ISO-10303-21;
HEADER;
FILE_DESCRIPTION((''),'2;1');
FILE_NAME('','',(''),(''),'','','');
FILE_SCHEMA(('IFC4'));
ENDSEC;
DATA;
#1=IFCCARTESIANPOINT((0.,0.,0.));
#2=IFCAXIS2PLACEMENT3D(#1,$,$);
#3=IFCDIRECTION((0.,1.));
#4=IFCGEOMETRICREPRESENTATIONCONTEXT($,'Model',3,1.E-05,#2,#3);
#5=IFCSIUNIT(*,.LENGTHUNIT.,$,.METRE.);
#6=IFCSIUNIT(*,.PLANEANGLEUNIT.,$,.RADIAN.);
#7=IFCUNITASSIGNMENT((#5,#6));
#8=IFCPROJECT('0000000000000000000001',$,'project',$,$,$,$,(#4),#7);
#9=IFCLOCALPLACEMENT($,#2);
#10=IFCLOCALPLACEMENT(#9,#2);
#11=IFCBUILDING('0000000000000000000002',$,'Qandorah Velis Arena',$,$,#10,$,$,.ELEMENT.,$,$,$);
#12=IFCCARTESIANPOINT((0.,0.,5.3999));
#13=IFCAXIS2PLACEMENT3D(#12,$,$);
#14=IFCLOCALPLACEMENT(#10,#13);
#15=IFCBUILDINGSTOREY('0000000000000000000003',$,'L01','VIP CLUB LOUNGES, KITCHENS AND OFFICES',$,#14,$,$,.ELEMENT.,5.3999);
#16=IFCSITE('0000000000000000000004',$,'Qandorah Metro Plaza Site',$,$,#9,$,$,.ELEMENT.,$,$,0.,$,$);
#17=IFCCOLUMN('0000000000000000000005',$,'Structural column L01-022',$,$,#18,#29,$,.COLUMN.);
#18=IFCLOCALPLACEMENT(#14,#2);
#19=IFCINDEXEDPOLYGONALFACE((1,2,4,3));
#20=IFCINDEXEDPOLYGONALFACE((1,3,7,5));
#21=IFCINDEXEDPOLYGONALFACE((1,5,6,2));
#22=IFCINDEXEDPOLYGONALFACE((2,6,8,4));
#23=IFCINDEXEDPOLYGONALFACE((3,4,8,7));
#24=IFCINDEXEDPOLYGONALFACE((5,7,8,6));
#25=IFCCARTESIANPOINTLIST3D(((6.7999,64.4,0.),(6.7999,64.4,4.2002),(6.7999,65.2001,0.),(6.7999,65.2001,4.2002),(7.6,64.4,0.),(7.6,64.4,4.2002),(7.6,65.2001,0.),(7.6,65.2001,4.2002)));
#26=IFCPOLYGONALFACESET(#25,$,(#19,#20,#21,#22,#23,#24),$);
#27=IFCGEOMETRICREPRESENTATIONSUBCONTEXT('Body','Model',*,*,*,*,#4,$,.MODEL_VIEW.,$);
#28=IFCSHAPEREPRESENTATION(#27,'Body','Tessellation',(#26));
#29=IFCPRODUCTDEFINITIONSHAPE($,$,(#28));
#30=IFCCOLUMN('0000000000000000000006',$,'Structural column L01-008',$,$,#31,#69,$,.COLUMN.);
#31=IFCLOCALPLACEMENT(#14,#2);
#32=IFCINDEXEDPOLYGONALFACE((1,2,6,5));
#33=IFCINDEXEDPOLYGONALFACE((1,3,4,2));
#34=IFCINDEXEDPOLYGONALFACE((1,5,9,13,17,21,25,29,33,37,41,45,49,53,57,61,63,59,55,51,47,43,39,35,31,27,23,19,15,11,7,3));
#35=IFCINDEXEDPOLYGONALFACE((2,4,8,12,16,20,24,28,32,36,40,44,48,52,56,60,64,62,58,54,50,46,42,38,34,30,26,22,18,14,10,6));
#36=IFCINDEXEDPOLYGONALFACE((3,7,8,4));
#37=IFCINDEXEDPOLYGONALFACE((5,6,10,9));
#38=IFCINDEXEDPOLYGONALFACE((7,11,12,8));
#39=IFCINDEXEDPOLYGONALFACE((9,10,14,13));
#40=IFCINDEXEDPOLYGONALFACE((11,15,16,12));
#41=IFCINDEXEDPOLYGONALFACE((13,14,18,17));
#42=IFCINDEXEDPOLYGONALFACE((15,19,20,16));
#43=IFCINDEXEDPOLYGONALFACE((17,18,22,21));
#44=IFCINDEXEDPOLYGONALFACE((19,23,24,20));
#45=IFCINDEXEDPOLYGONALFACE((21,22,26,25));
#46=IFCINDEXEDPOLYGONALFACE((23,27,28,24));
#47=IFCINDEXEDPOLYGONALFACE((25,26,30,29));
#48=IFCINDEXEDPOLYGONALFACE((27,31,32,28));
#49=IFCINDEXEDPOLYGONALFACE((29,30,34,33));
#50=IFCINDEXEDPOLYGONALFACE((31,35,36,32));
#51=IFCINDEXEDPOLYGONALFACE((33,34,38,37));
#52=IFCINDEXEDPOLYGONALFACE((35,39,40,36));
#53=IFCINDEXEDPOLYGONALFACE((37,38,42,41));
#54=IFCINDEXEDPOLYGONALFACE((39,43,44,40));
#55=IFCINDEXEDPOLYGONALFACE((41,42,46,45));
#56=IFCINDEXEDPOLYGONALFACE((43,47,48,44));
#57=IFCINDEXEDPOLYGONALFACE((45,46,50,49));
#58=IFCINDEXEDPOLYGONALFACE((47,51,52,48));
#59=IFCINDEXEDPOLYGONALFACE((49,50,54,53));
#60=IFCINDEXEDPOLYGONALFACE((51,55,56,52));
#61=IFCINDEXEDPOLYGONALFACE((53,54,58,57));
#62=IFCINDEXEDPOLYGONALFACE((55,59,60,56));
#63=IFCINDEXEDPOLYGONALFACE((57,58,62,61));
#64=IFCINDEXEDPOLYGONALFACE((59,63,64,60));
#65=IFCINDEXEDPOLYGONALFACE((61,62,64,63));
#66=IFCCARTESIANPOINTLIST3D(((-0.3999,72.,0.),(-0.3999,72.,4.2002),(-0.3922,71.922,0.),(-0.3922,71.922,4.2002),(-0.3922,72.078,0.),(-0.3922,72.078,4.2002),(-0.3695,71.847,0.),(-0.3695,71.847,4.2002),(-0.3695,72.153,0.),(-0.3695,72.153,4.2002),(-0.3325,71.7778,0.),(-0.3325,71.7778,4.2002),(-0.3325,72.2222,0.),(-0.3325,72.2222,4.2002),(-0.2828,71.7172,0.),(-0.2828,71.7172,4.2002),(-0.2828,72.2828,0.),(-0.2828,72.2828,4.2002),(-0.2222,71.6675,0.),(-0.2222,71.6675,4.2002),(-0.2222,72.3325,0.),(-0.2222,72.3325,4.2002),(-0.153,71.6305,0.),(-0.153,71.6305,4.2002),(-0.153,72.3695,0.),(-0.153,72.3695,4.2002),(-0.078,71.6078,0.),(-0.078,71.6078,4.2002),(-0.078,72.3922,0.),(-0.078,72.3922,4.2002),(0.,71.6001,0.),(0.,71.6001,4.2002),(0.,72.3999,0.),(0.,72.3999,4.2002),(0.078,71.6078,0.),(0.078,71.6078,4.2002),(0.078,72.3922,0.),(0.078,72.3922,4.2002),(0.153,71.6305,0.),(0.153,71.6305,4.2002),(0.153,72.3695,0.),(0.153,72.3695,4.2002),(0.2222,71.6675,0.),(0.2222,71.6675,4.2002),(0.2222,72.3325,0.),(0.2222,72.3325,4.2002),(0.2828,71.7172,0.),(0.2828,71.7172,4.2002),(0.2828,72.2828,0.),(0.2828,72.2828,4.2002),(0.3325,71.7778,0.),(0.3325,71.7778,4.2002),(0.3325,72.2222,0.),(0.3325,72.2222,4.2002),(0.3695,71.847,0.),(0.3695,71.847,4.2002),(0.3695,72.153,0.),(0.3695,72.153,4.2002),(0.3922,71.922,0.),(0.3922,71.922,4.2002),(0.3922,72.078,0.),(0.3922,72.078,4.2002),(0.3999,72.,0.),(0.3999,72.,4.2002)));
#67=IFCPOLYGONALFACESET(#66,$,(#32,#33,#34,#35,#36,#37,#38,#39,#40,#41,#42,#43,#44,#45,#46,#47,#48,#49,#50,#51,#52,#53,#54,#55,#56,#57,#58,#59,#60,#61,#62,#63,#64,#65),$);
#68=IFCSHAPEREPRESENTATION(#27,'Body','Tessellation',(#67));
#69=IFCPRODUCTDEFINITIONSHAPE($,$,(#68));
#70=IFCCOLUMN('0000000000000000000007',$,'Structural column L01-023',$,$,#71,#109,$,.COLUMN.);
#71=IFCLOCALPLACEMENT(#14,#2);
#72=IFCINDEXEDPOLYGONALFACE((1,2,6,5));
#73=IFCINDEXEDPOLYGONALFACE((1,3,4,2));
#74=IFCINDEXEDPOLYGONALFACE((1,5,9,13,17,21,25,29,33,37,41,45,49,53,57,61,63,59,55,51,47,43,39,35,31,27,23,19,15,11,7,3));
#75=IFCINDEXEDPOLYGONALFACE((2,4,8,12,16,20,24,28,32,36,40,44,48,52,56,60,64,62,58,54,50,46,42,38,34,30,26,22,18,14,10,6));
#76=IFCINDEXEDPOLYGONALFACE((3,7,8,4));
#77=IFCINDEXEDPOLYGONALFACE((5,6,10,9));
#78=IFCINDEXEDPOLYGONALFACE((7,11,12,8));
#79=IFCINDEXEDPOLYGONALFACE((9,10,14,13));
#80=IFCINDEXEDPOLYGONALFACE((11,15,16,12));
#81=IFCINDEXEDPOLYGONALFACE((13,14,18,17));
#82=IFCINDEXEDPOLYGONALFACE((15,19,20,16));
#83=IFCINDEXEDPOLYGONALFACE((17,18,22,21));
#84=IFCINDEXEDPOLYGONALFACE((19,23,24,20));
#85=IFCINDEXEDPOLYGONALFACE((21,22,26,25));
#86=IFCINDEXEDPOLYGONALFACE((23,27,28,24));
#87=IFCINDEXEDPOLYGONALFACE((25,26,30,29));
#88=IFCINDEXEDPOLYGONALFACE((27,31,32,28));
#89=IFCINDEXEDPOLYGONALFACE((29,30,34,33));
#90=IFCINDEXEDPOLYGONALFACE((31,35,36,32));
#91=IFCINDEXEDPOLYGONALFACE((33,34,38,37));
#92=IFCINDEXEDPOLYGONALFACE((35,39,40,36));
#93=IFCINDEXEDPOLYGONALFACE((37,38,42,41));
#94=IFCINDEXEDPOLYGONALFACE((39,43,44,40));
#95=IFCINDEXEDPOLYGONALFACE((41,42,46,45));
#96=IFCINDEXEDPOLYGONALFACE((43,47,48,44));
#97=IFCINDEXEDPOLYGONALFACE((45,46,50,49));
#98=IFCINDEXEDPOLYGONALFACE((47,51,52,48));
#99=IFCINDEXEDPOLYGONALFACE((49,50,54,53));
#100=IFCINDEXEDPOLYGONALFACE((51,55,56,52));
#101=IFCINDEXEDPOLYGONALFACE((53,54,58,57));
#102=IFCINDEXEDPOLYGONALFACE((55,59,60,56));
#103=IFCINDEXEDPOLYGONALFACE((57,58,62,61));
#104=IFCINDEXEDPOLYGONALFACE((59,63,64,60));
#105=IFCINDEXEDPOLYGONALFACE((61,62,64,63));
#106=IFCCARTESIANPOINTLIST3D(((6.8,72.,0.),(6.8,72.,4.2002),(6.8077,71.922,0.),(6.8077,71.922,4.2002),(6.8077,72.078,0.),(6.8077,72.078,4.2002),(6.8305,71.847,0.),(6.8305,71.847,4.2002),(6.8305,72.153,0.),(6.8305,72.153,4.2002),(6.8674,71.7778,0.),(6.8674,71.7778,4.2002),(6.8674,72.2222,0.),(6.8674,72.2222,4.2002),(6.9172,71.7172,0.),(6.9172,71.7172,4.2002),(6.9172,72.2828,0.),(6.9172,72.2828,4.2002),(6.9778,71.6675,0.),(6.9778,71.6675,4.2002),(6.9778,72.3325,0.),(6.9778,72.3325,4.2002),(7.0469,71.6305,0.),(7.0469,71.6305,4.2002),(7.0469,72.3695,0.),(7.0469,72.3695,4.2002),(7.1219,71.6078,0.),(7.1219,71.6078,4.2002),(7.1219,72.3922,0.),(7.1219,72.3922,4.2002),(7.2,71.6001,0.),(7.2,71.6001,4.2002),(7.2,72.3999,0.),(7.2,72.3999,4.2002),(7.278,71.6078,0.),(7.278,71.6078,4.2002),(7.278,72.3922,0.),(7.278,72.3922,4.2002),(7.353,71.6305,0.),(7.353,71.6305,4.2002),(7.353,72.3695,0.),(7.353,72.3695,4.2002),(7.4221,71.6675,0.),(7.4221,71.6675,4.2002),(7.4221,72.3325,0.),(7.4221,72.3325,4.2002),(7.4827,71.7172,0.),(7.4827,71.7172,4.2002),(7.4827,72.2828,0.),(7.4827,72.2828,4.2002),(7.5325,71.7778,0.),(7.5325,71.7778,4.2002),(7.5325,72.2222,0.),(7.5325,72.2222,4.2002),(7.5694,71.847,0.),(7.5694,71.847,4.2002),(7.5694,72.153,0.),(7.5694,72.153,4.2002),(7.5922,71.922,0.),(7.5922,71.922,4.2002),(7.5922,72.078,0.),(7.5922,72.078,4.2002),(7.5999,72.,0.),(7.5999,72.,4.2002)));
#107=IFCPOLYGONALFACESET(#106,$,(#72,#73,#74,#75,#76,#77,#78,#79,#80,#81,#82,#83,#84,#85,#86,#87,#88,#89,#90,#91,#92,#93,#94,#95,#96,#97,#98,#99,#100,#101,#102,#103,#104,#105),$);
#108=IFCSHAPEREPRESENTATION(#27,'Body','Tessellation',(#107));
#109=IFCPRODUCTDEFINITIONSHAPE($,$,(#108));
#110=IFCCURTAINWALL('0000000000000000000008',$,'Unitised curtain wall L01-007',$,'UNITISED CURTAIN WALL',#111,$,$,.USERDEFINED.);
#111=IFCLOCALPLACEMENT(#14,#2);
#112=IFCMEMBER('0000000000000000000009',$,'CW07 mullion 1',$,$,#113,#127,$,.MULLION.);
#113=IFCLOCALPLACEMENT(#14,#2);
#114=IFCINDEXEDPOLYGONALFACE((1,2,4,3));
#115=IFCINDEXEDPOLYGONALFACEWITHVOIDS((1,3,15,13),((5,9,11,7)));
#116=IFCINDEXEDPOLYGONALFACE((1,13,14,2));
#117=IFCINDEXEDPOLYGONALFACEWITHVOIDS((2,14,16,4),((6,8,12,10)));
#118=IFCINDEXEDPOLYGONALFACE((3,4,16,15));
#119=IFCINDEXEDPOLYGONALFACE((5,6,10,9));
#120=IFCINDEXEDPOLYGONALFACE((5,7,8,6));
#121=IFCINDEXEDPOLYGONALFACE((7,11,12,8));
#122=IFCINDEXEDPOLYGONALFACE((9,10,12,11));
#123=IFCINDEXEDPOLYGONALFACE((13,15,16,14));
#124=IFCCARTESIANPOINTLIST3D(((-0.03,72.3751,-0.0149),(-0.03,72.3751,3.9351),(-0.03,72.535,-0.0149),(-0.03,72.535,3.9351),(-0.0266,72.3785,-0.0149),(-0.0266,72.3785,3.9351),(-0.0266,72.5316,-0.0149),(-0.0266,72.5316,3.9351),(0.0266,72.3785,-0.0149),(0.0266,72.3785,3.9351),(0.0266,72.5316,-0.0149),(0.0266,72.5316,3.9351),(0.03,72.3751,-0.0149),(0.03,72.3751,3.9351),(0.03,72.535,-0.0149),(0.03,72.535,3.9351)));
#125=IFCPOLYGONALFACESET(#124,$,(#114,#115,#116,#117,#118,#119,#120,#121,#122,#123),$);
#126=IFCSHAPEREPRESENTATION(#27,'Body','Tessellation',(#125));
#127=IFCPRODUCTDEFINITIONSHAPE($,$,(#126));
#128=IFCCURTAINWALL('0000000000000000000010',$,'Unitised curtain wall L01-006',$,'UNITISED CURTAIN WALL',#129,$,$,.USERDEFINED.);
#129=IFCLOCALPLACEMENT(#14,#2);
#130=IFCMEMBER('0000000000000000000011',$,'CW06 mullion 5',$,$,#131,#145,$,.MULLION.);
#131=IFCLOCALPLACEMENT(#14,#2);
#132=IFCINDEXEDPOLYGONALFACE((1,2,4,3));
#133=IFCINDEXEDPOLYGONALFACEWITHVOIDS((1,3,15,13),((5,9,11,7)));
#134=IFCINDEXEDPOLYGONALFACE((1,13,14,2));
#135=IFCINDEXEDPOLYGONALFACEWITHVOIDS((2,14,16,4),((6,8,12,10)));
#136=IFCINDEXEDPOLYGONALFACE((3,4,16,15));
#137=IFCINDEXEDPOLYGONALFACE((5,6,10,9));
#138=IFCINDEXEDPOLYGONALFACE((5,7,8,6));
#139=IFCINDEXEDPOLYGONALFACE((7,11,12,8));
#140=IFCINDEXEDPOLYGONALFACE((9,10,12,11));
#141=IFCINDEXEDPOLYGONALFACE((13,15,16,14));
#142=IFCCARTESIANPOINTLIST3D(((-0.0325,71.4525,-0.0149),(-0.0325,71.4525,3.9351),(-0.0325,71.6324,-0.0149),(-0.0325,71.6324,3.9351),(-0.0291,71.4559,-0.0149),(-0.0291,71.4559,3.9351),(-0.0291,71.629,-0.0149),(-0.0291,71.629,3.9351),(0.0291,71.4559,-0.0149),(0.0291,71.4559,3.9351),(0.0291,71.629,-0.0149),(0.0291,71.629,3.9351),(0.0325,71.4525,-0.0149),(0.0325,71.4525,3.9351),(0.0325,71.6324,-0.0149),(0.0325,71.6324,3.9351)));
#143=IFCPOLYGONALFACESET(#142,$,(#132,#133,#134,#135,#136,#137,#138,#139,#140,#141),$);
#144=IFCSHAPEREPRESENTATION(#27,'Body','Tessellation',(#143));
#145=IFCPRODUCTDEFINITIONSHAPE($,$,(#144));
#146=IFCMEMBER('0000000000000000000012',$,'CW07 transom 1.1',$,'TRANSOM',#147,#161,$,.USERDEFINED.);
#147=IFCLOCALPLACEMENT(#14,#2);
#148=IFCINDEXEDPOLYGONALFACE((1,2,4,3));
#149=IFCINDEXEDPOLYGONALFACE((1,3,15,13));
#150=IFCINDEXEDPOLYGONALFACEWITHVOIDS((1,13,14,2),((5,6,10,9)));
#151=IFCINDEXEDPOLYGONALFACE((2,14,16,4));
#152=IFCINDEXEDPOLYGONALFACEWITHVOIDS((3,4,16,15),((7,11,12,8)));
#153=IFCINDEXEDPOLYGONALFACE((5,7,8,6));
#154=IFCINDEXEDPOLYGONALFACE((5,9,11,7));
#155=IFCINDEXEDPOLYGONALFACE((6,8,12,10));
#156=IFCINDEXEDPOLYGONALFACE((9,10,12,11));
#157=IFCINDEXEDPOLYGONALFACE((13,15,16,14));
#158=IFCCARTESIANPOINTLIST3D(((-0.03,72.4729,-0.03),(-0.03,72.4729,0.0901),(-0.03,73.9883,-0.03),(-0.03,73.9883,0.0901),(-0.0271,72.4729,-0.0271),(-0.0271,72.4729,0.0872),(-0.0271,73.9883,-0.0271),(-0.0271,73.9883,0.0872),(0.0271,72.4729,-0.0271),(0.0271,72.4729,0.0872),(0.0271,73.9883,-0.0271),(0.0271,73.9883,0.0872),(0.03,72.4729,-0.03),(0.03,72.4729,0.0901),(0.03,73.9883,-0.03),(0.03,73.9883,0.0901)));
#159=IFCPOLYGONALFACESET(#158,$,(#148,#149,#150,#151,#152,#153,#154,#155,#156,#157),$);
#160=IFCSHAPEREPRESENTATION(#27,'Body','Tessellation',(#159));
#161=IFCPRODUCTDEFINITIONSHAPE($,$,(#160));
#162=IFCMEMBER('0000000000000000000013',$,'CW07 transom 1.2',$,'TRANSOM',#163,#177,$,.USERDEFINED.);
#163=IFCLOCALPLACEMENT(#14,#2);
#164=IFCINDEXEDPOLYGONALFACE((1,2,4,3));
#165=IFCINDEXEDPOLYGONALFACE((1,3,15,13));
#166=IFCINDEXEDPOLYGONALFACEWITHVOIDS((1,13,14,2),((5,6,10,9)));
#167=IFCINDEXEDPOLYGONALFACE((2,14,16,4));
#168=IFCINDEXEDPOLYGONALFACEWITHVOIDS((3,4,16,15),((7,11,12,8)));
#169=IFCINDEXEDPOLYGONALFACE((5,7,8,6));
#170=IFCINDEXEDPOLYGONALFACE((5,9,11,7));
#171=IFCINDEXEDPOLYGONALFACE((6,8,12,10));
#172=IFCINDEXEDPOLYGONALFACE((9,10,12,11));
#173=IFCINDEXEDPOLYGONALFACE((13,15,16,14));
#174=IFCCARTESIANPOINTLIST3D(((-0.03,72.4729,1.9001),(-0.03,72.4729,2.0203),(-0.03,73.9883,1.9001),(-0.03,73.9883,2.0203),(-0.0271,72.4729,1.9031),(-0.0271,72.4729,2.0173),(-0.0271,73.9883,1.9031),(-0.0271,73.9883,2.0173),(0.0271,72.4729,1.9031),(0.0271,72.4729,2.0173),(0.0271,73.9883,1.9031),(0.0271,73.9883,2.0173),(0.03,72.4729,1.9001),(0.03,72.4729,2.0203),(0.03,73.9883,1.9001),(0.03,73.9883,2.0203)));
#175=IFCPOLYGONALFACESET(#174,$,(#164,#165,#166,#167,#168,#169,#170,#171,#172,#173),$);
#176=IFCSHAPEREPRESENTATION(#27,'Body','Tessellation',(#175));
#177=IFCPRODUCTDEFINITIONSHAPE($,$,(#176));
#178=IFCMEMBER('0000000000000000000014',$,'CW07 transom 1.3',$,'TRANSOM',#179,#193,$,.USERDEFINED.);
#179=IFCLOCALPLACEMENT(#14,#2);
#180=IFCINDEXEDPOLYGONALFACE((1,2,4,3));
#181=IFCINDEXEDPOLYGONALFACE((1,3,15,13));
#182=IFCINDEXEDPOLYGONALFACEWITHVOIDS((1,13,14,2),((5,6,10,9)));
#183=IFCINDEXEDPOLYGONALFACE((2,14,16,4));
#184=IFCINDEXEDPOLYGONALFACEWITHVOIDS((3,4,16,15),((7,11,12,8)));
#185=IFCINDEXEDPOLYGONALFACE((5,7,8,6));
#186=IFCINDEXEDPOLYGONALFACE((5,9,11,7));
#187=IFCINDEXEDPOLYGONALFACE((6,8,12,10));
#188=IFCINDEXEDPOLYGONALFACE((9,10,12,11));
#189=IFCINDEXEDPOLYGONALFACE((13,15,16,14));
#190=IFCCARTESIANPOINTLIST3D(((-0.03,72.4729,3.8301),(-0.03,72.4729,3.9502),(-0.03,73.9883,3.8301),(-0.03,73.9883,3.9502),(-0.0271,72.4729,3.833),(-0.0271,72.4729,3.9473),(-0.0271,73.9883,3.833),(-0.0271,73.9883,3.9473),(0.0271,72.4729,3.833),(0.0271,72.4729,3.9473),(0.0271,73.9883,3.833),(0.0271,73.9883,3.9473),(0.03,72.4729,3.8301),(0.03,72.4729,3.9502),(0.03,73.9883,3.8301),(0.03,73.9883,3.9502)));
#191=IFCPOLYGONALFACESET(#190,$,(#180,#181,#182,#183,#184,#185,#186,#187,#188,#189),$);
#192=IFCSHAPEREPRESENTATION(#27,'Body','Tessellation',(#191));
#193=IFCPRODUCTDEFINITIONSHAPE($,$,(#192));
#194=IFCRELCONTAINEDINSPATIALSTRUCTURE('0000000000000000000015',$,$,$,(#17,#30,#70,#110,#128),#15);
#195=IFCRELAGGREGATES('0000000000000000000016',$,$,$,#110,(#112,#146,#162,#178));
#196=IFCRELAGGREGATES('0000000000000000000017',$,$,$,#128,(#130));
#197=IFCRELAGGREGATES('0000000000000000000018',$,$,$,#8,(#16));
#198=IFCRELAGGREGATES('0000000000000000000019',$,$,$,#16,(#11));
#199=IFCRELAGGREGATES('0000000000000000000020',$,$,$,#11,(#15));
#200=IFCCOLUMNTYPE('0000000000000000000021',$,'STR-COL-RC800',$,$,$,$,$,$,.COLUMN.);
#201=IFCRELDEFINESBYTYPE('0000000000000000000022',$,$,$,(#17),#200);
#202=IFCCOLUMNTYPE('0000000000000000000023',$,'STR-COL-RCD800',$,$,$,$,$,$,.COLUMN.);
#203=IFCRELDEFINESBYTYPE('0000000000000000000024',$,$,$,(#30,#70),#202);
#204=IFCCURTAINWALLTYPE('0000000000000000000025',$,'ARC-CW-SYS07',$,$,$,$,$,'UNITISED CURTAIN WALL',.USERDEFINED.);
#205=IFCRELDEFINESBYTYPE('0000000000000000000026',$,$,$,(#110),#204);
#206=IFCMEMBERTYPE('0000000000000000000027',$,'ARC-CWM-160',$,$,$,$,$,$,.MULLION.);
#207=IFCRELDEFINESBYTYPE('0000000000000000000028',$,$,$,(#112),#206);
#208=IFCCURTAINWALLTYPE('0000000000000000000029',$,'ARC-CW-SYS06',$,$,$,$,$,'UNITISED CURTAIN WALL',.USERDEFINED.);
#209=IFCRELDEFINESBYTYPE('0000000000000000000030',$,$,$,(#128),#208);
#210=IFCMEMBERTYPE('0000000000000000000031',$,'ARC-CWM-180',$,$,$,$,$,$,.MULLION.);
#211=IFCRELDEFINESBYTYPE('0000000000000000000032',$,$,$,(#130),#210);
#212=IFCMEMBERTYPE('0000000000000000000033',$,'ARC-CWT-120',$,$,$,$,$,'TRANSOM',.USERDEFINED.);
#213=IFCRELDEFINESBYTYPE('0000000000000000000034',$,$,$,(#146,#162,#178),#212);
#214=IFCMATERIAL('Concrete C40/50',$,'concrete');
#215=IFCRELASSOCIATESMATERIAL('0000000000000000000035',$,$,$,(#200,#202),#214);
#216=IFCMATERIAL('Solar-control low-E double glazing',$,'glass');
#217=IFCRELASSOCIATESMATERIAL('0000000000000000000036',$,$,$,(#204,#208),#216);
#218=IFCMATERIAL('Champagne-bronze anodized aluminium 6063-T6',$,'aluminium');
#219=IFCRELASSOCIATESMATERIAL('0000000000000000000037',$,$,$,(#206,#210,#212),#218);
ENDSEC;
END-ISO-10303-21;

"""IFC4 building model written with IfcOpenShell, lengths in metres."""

from ifc_helpers import new_model, si_unit, direction, frame, origin, origin_2d, place, context, subcontext, project, spatial, rectangle, hollow_rectangle, circle, extrude, material, material_profile, profile_set, type_object, element, aggregate, save


model = new_model("IFC4")

# Units and contexts
model_context = context("Model", 3, precision=1e-05, world=origin(), true_north=direction((0.0, 1.0)))
body_context = subcontext(model_context, "Body", "Model", "MODEL_VIEW")
ifc_project = project(units=[si_unit("LENGTHUNIT", "METRE"), si_unit("PLANEANGLEUNIT", "RADIAN")], contexts=[model_context])

# Site, building, storey
site_placement = place(None, origin())
site = spatial("IfcSite", under=ifc_project, at=site_placement, Name="Qandorah Metro Plaza Site", CompositionType="ELEMENT", RefElevation=0.0)
building_placement = place(site_placement, origin())
building = spatial("IfcBuilding", under=site, at=building_placement, Name="Qandorah Velis Arena", CompositionType="ELEMENT")
storey_placement = place(building_placement, frame((0.0, 0.0, 5.3999)))
storey = spatial("IfcBuildingStorey", under=building, at=storey_placement, Name="L01", Description="VIP CLUB LOUNGES, KITCHENS AND OFFICES", CompositionType="ELEMENT", Elevation=5.3999)

# Columns
ifc_material_1 = material(Name="Concrete C40/50", Category="concrete")
ifc_material_profile_1 = material_profile(ifc_material_1, rectangle(XDim=0.8, YDim=0.8, at=origin_2d()), Name="RC COL 800x800")
ifc_profile_set_1 = profile_set([ifc_material_profile_1], Name="Concrete C40/50")
column_type_1 = type_object("IfcColumnType", Name="STR-COL-RC800", PredefinedType="COLUMN", material=ifc_profile_set_1)
column_placement = place(storey_placement, frame((7.2, 64.8, 0.0), z_axis=(0.0, 0.0, 1.0), x_axis=(1.0, 0.0, 0.0)))
element("IfcColumn", 1, at=column_placement, inside=storey, type_object=column_type_1, Name="Structural column L01-022", PredefinedType="COLUMN", context=body_context, shape_type="SweptSolid", body=[
    extrude(rectangle(XDim=0.8, YDim=0.8, at=origin_2d()), origin(), (0.0, 0.0, 1.0), 4.2002),
])
ifc_material_profile_2 = material_profile(ifc_material_1, circle(Radius=0.3999, at=origin_2d()), Name="RC D800")
ifc_profile_set_2 = profile_set([ifc_material_profile_2], Name="Concrete C40/50")
column_type_2 = type_object("IfcColumnType", Name="STR-COL-RCD800", PredefinedType="COLUMN", material=ifc_profile_set_2)
for number, where, z_axis, x_axis, name in (
    (2, (0.0, 72.0, 0.0), (0.0, 0.0, 1.0), (1.0, 0.0, 0.0), "Structural column L01-008"),
    (3, (7.2, 72.0, 0.0), (0.0, 0.0, 1.0), (1.0, 0.0, 0.0), "Structural column L01-023"),
):
    element("IfcColumn", number, at=place(storey_placement, frame(where, z_axis=z_axis, x_axis=x_axis)), inside=storey, type_object=column_type_2, Name=name, PredefinedType="COLUMN", context=body_context, shape_type="SweptSolid", body=[
        extrude(circle(Radius=0.3999, at=origin_2d()), origin(), (0.0, 0.0, 1.0), 4.2002),
    ])

# Curtain walls, members
ifc_material_2 = material(Name="Solar-control low-E double glazing", Category="glass")
curtain_wall_type_1 = type_object("IfcCurtainWallType", Name="ARC-CW-SYS07", ElementType="UNITISED CURTAIN WALL", PredefinedType="USERDEFINED", material=ifc_material_2)
curtain_wall_1_placement = place(storey_placement, origin())
curtain_wall_1 = element("IfcCurtainWall", 4, at=curtain_wall_1_placement, inside=storey, type_object=curtain_wall_type_1, Name="Unitised curtain wall L01-007", ObjectType="UNITISED CURTAIN WALL", PredefinedType="USERDEFINED")
ifc_material_3 = material(Name="Champagne-bronze anodized aluminium 6063-T6", Category="aluminium")
ifc_material_profile_3 = material_profile(ifc_material_3, hollow_rectangle(XDim=0.0601, YDim=0.1599, WallThickness=0.0034, at=origin_2d()), Name="ALU MULLION 60x160")
ifc_profile_set_3 = profile_set([ifc_material_profile_3], Name="Champagne-bronze anodized aluminium 6063-T6")
member_type_1 = type_object("IfcMemberType", Name="ARC-CWM-160", PredefinedType="MULLION", material=ifc_profile_set_3)
member_1_placement = place(storey_placement, frame((0.0, 72.4551, -0.0149), z_axis=(0.0, 0.0, 1.0), x_axis=(-1.0, 0.0, 0.0)))
member_1 = element("IfcMember", 5, at=member_1_placement, type_object=member_type_1, Name="CW07 mullion 1", PredefinedType="MULLION", context=body_context, shape_type="SweptSolid", body=[
    extrude(hollow_rectangle(XDim=0.0601, YDim=0.1599, WallThickness=0.0034, at=origin_2d()), origin(), (0.0, 0.0, 1.0), 3.95),
])
curtain_wall_type_2 = type_object("IfcCurtainWallType", Name="ARC-CW-SYS06", ElementType="UNITISED CURTAIN WALL", PredefinedType="USERDEFINED", material=ifc_material_2)
curtain_wall_2_placement = place(storey_placement, origin())
curtain_wall_2 = element("IfcCurtainWall", 6, at=curtain_wall_2_placement, inside=storey, type_object=curtain_wall_type_2, Name="Unitised curtain wall L01-006", ObjectType="UNITISED CURTAIN WALL", PredefinedType="USERDEFINED")
ifc_material_profile_4 = material_profile(ifc_material_3, hollow_rectangle(XDim=0.0649, YDim=0.1799, WallThickness=0.0034, at=origin_2d()), Name="ALU MULLION 65x180")
ifc_profile_set_4 = profile_set([ifc_material_profile_4], Name="Champagne-bronze anodized aluminium 6063-T6")
member_type_2 = type_object("IfcMemberType", Name="ARC-CWM-180", PredefinedType="MULLION", material=ifc_profile_set_4)
member_2_placement = place(storey_placement, frame((0.0, 71.5425, -0.0149), z_axis=(0.0, 0.0, 1.0), x_axis=(-1.0, 0.0, 0.0)))
member_2 = element("IfcMember", 7, at=member_2_placement, type_object=member_type_2, Name="CW06 mullion 5", PredefinedType="MULLION", context=body_context, shape_type="SweptSolid", body=[
    extrude(hollow_rectangle(XDim=0.0649, YDim=0.1799, WallThickness=0.0034, at=origin_2d()), origin(), (0.0, 0.0, 1.0), 3.95),
])

# Members
ifc_material_profile_5 = material_profile(ifc_material_3, hollow_rectangle(XDim=0.0601, YDim=0.1201, WallThickness=0.0029, at=origin_2d()), Name="ALU TRANSOM 60x120")
ifc_profile_set_5 = profile_set([ifc_material_profile_5], Name="Champagne-bronze anodized aluminium 6063-T6")
member_type_3 = type_object("IfcMemberType", Name="ARC-CWT-120", ElementType="TRANSOM", PredefinedType="USERDEFINED", material=ifc_profile_set_5)
member_3_placement = place(storey_placement, frame((0.0, 72.4729, 0.03), z_axis=(0.0, 1.0, 0.0), x_axis=(-1.0, 0.0, 0.0)))
member_3 = element("IfcMember", 8, at=member_3_placement, type_object=member_type_3, Name="CW07 transom 1.1", ObjectType="TRANSOM", PredefinedType="USERDEFINED", context=body_context, shape_type="SweptSolid", body=[
    extrude(hollow_rectangle(XDim=0.0601, YDim=0.1201, WallThickness=0.0029, at=origin_2d()), origin(), (0.0, 0.0, 1.0), 1.5154),
])
member_4_placement = place(storey_placement, frame((0.0, 72.4729, 1.9602), z_axis=(0.0, 1.0, 0.0), x_axis=(-1.0, 0.0, 0.0)))
member_4 = element("IfcMember", 9, at=member_4_placement, type_object=member_type_3, Name="CW07 transom 1.2", ObjectType="TRANSOM", PredefinedType="USERDEFINED", context=body_context, shape_type="SweptSolid", body=[
    extrude(hollow_rectangle(XDim=0.0601, YDim=0.1201, WallThickness=0.0029, at=origin_2d()), origin(), (0.0, 0.0, 1.0), 1.5154),
])
member_5_placement = place(storey_placement, frame((0.0, 72.4729, 3.8901), z_axis=(0.0, 1.0, 0.0), x_axis=(-1.0, 0.0, 0.0)))
member_5 = element("IfcMember", 10, at=member_5_placement, type_object=member_type_3, Name="CW07 transom 1.3", ObjectType="TRANSOM", PredefinedType="USERDEFINED", context=body_context, shape_type="SweptSolid", body=[
    extrude(hollow_rectangle(XDim=0.0601, YDim=0.1201, WallThickness=0.0029, at=origin_2d()), origin(), (0.0, 0.0, 1.0), 1.5154),
])
aggregate(curtain_wall_1, [member_1, member_3, member_4, member_5])

aggregate(curtain_wall_2, [member_2])

save(model, "model.ifc")
